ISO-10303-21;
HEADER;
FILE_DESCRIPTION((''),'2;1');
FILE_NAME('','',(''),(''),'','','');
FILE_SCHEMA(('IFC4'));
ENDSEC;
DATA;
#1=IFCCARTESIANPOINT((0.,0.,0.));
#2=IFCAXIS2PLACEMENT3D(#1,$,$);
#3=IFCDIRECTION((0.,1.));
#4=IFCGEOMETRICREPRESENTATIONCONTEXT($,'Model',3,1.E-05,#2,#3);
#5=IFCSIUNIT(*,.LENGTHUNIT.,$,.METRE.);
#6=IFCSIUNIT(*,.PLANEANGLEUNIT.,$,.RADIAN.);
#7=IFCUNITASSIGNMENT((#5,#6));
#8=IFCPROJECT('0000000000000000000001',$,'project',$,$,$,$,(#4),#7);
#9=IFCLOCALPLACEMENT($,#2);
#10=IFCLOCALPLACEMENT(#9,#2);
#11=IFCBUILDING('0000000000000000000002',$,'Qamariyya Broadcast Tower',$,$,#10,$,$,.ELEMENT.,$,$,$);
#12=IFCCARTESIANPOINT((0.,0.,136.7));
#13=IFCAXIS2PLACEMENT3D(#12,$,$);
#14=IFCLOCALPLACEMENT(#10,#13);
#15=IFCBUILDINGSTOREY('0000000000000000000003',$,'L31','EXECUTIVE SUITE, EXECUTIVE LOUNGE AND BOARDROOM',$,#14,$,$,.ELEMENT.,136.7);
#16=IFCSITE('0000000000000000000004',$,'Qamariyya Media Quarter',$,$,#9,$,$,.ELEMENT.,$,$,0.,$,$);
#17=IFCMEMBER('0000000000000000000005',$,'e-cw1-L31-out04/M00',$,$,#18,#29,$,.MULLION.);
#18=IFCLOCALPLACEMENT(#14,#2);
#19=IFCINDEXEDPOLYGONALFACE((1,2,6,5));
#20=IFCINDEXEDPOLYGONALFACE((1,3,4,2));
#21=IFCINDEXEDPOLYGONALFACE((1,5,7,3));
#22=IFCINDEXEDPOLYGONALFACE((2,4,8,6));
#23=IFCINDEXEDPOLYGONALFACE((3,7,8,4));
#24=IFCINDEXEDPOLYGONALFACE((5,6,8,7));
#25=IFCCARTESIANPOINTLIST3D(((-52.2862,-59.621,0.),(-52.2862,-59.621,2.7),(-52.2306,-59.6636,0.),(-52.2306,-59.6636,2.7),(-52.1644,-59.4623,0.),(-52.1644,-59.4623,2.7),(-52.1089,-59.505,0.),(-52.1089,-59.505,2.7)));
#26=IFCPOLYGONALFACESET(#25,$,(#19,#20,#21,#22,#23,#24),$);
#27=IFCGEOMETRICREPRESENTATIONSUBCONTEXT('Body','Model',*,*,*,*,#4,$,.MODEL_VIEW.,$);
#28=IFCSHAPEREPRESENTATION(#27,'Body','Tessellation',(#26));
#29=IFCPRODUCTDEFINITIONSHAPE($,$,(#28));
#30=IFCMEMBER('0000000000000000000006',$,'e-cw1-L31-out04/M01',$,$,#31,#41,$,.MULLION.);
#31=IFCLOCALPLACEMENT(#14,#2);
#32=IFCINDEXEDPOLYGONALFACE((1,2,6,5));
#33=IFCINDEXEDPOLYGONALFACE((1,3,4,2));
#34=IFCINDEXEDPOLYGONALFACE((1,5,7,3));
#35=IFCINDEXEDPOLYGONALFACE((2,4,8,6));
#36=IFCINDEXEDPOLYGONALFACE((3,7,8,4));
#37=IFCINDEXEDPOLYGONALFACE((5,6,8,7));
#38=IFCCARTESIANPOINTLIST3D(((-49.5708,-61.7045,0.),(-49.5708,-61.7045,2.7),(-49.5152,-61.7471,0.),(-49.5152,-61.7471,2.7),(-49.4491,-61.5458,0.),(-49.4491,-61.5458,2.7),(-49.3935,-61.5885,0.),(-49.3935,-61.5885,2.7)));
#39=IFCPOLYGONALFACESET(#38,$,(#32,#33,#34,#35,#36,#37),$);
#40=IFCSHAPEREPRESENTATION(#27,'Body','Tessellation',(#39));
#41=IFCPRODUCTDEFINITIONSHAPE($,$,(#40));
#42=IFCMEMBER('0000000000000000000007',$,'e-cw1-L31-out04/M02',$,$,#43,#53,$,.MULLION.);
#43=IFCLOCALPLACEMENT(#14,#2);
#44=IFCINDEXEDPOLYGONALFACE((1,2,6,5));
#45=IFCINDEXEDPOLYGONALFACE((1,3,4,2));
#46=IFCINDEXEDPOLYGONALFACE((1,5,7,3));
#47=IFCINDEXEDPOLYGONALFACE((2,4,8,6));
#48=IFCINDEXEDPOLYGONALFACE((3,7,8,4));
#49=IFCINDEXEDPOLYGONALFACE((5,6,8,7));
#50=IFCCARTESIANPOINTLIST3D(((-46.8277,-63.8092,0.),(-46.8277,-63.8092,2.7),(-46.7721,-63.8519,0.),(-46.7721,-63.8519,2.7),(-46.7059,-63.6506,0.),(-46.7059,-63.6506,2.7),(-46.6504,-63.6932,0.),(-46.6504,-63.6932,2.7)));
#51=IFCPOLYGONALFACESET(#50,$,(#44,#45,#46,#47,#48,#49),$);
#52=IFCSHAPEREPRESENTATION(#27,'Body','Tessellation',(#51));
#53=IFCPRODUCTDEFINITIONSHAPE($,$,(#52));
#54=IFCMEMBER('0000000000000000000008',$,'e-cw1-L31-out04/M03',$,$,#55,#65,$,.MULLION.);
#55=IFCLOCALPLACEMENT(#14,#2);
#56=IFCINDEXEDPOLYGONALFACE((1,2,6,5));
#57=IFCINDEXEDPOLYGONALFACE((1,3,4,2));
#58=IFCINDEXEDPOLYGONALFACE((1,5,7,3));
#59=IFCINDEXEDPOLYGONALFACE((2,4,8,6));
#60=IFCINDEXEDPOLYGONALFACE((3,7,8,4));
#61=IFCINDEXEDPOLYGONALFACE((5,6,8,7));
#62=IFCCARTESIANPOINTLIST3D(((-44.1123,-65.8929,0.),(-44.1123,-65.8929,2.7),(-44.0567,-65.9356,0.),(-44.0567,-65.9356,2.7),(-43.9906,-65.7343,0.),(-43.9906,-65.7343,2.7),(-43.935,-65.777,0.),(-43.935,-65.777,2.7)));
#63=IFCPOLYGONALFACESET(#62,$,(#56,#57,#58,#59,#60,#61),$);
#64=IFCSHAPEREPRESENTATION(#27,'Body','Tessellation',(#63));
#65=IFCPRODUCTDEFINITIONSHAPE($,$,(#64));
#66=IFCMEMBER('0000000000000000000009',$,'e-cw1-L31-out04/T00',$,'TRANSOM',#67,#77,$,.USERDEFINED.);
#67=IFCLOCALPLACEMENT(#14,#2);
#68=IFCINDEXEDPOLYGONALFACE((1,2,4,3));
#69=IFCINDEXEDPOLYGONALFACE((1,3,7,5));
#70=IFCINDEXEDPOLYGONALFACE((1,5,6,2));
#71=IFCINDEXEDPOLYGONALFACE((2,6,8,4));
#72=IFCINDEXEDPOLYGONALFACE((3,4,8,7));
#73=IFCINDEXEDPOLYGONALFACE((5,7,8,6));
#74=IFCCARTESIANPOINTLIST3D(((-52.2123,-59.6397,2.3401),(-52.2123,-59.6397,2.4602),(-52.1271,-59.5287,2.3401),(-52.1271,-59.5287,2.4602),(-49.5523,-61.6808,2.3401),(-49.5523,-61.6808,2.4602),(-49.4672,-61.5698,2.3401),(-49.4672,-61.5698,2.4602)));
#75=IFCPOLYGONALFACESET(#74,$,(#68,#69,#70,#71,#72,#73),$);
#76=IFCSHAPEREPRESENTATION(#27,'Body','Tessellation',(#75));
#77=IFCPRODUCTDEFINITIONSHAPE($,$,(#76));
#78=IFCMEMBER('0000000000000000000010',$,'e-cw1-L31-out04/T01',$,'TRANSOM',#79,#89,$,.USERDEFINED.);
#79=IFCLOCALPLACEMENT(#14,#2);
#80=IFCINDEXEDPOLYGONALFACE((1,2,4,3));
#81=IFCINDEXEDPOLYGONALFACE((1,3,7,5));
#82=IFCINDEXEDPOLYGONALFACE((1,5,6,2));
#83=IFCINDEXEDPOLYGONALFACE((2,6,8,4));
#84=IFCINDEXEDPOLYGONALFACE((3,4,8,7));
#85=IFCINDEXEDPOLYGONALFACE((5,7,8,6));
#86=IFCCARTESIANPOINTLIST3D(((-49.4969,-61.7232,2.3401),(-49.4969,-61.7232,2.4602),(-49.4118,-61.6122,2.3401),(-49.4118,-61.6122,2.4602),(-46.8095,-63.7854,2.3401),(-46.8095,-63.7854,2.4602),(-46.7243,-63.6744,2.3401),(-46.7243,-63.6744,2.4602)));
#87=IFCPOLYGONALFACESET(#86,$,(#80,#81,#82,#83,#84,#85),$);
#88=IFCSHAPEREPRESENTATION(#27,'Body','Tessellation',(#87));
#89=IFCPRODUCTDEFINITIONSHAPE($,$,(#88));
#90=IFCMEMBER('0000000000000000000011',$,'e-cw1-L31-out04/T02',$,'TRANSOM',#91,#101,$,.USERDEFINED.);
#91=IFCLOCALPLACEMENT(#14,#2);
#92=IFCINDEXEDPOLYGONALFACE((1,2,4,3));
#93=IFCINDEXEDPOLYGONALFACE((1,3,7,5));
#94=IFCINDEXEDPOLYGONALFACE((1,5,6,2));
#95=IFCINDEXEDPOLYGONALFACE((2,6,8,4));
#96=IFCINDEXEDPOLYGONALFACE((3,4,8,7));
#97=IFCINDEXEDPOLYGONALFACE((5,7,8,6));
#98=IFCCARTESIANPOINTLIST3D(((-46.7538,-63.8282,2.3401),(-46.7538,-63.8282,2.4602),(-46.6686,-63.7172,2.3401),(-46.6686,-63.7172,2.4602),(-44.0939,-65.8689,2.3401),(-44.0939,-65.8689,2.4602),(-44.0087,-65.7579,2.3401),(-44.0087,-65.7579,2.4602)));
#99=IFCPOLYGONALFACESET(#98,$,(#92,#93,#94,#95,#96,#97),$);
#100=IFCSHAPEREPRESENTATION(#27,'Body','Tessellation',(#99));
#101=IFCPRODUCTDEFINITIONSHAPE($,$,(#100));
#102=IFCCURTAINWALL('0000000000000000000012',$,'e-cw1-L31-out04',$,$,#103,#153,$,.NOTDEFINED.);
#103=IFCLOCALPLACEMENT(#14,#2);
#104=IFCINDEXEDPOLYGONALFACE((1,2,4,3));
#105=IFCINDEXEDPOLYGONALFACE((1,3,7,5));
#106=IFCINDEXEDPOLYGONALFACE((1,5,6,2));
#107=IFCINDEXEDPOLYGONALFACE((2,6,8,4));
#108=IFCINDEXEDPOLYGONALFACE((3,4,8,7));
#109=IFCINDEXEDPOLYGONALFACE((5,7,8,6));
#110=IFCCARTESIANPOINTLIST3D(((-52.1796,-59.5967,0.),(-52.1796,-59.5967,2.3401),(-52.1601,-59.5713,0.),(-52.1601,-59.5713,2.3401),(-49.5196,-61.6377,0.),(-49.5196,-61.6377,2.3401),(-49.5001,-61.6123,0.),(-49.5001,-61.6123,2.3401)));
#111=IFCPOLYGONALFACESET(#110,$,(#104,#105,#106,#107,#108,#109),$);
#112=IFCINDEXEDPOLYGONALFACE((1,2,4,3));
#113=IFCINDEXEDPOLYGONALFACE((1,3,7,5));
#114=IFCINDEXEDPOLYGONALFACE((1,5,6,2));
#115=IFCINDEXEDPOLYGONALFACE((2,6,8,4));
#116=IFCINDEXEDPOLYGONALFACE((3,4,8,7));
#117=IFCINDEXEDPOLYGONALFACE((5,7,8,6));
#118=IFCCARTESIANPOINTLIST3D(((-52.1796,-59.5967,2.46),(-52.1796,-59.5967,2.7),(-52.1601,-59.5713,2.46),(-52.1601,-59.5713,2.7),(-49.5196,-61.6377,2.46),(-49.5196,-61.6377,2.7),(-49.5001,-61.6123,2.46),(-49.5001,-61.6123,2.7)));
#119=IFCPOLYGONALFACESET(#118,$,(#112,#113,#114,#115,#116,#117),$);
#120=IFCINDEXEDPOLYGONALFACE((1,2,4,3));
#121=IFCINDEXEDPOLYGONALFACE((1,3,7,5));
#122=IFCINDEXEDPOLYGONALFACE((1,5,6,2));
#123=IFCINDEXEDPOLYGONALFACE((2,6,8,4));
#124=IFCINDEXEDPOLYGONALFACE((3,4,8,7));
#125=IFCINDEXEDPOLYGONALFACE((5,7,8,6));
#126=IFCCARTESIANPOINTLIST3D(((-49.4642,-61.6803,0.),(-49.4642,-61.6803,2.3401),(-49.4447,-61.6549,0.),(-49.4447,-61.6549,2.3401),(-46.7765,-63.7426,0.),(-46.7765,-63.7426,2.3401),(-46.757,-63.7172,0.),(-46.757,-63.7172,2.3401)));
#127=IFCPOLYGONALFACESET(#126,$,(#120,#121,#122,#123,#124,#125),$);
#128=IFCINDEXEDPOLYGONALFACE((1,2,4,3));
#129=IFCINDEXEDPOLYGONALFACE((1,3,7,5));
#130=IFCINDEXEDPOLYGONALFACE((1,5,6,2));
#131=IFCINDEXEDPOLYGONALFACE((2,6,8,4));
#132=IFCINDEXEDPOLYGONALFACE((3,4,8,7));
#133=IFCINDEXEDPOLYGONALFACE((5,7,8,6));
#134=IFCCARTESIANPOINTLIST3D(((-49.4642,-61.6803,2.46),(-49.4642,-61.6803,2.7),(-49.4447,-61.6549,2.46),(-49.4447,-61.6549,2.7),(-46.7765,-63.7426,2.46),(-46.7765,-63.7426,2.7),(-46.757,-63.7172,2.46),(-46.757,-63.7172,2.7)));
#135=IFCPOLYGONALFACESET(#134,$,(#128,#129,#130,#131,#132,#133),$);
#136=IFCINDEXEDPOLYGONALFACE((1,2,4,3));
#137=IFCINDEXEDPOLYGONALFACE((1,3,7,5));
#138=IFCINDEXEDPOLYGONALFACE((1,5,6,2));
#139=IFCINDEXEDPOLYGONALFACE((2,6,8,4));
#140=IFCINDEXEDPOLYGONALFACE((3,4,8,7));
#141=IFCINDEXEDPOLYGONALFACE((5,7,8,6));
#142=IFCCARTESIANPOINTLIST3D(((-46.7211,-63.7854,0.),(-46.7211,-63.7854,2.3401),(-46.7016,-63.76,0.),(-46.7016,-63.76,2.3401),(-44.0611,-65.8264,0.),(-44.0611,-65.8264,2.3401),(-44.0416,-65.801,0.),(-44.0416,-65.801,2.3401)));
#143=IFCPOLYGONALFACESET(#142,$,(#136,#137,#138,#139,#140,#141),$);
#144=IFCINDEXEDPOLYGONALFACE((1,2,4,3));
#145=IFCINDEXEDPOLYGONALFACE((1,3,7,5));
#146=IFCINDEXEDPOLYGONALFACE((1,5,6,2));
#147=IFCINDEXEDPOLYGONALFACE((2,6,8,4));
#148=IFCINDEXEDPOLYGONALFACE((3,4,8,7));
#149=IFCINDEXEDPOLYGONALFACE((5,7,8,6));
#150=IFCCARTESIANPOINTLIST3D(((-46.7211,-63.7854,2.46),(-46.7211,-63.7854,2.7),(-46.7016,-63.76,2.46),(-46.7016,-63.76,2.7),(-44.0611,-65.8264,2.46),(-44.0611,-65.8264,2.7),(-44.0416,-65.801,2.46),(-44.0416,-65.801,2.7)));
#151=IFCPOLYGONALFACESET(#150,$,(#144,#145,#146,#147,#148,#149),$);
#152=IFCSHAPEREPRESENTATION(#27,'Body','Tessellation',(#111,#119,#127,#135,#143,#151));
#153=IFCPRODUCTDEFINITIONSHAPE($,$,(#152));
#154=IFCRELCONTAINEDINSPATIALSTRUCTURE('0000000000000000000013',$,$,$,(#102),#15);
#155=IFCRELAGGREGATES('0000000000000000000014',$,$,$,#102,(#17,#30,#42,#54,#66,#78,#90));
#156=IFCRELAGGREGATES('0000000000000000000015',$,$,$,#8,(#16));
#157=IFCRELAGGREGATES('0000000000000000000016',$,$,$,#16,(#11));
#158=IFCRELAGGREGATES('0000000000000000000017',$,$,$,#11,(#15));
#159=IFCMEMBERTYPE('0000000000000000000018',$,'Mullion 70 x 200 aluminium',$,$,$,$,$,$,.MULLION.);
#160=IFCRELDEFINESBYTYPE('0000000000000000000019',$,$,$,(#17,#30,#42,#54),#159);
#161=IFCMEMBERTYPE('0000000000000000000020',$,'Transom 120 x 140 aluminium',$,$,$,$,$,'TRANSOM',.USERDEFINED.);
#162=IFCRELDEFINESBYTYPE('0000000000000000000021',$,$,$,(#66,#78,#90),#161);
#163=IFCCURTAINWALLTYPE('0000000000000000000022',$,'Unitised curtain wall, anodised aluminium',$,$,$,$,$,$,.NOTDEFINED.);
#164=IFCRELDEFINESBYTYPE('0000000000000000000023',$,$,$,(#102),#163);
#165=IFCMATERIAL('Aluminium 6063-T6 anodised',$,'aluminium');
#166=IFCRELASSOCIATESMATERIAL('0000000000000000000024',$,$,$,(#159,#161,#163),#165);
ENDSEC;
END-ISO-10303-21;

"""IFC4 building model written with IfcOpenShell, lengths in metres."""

from ifc_helpers import new_model, si_unit, direction, frame, origin, origin_2d, place, context, subcontext, project, spatial, rectangle, extrude, material, material_profile, profile_set, type_object, element, aggregate, save


model = new_model("IFC4")

# Units and contexts
model_context = context("Model", 3, precision=1e-05, world=origin(), true_north=direction((0.0, 1.0)))
body_context = subcontext(model_context, "Body", "Model", "MODEL_VIEW")
ifc_project = project(units=[si_unit("LENGTHUNIT", "METRE"), si_unit("PLANEANGLEUNIT", "RADIAN")], contexts=[model_context])

# Members
ifc_material = material(Name="Aluminium 6063-T6 anodised", Category="aluminium")
ifc_material_profile_1 = material_profile(ifc_material, rectangle(XDim=0.2, YDim=0.0701, at=origin_2d()))
ifc_profile_set_1 = profile_set([ifc_material_profile_1], Name="Aluminium 6063-T6 anodised")
member_type_1 = type_object("IfcMemberType", Name="Mullion 70 x 200 aluminium", PredefinedType="MULLION", material=ifc_profile_set_1)
site_placement = place(None, origin())
building_placement = place(site_placement, origin())
storey_placement = place(building_placement, frame((0.0, 0.0, 136.7)))
member_1_placement = place(storey_placement, frame((-52.1975, -59.563, 0.0), z_axis=(0.0, 0.0, 1.0), x_axis=(0.608761, 0.793353, 0.0)))
member_1 = element("IfcMember", 1, at=member_1_placement, type_object=member_type_1, Name="e-cw1-L31-out04/M00", PredefinedType="MULLION", context=body_context, shape_type="SweptSolid", body=[
    extrude(rectangle(XDim=0.2, YDim=0.0701, at=origin_2d()), origin(), (0.0, 0.0, 1.0), 2.7),
])
member_2_placement = place(storey_placement, frame((-49.4822, -61.6465, 0.0), z_axis=(0.0, 0.0, 1.0), x_axis=(0.608761, 0.793353, 0.0)))
member_2 = element("IfcMember", 2, at=member_2_placement, type_object=member_type_1, Name="e-cw1-L31-out04/M01", PredefinedType="MULLION", context=body_context, shape_type="SweptSolid", body=[
    extrude(rectangle(XDim=0.2, YDim=0.0701, at=origin_2d()), origin(), (0.0, 0.0, 1.0), 2.7),
])
member_3_placement = place(storey_placement, frame((-46.739, -63.7512, 0.0), z_axis=(0.0, 0.0, 1.0), x_axis=(0.608761, 0.793353, 0.0)))
member_3 = element("IfcMember", 3, at=member_3_placement, type_object=member_type_1, Name="e-cw1-L31-out04/M02", PredefinedType="MULLION", context=body_context, shape_type="SweptSolid", body=[
    extrude(rectangle(XDim=0.2, YDim=0.0701, at=origin_2d()), origin(), (0.0, 0.0, 1.0), 2.7),
])
member_4_placement = place(storey_placement, frame((-44.0237, -65.835, 0.0), z_axis=(0.0, 0.0, 1.0), x_axis=(0.608761, 0.793353, 0.0)))
member_4 = element("IfcMember", 4, at=member_4_placement, type_object=member_type_1, Name="e-cw1-L31-out04/M03", PredefinedType="MULLION", context=body_context, shape_type="SweptSolid", body=[
    extrude(rectangle(XDim=0.2, YDim=0.0701, at=origin_2d()), origin(), (0.0, 0.0, 1.0), 2.7),
])
ifc_material_profile_2 = material_profile(ifc_material, rectangle(XDim=0.1399, YDim=0.1201, at=origin_2d()))
ifc_profile_set_2 = profile_set([ifc_material_profile_2], Name="Aluminium 6063-T6 anodised")
member_type_2 = type_object("IfcMemberType", Name="Transom 120 x 140 aluminium", ElementType="TRANSOM", PredefinedType="USERDEFINED", material=ifc_profile_set_2)
member_5_placement = place(storey_placement, frame((-52.1697, -59.5842, 2.4001), z_axis=(0.793354, -0.60876, 0.0), x_axis=(0.60876, 0.793354, 0.0)))
member_5 = element("IfcMember", 5, at=member_5_placement, type_object=member_type_2, Name="e-cw1-L31-out04/T00", ObjectType="TRANSOM", PredefinedType="USERDEFINED", context=body_context, shape_type="SweptSolid", body=[
    extrude(rectangle(XDim=0.1399, YDim=0.1201, at=origin_2d()), origin(), (0.0, 0.0, 1.0), 3.3528),
])
member_6_placement = place(storey_placement, frame((-49.4543, -61.6677, 2.4001), z_axis=(0.793344, -0.608773, 0.0), x_axis=(0.608773, 0.793344, 0.0)))
member_6 = element("IfcMember", 6, at=member_6_placement, type_object=member_type_2, Name="e-cw1-L31-out04/T01", ObjectType="TRANSOM", PredefinedType="USERDEFINED", context=body_context, shape_type="SweptSolid", body=[
    extrude(rectangle(XDim=0.1399, YDim=0.1201, at=origin_2d()), origin(), (0.0, 0.0, 1.0), 3.3875),
])
member_7_placement = place(storey_placement, frame((-46.7112, -63.7727, 2.4001), z_axis=(0.793389, -0.608714, 0.0), x_axis=(0.608714, 0.793389, 0.0)))
member_7 = element("IfcMember", 7, at=member_7_placement, type_object=member_type_2, Name="e-cw1-L31-out04/T02", ObjectType="TRANSOM", PredefinedType="USERDEFINED", context=body_context, shape_type="SweptSolid", body=[
    extrude(rectangle(XDim=0.1399, YDim=0.1201, at=origin_2d()), origin(), (0.0, 0.0, 1.0), 3.3525),
])

# Site, building, storey
site = spatial("IfcSite", under=ifc_project, at=site_placement, Name="Qamariyya Media Quarter", CompositionType="ELEMENT", RefElevation=0.0)
building = spatial("IfcBuilding", under=site, at=building_placement, Name="Qamariyya Broadcast Tower", CompositionType="ELEMENT")
storey = spatial("IfcBuildingStorey", under=building, at=storey_placement, Name="L31", Description="EXECUTIVE SUITE, EXECUTIVE LOUNGE AND BOARDROOM", CompositionType="ELEMENT", Elevation=136.7)

# Curtain wall
curtain_wall_type = type_object("IfcCurtainWallType", Name="Unitised curtain wall, anodised aluminium", PredefinedType="NOTDEFINED", material=ifc_material)
curtain_wall_1_placement = place(storey_placement, origin())
curtain_wall_1 = element("IfcCurtainWall", 8, at=curtain_wall_1_placement, inside=storey, type_object=curtain_wall_type, Name="e-cw1-L31-out04", PredefinedType="NOTDEFINED", context=body_context, shape_type="SweptSolid", body=[
    extrude(rectangle(XDim=3.3528, YDim=0.032, at=origin_2d()), frame((-50.8398, -60.6045, 0.0), x_axis=(0.793354, -0.608761, 0.0)), (0.0, 0.0, 1.0), 2.3401),
    extrude(rectangle(XDim=3.3528, YDim=0.032, at=origin_2d()), frame((-50.8398, -60.6045, 2.46), x_axis=(0.793354, -0.608761, 0.0)), (0.0, 0.0, 1.0), 0.24),
    extrude(rectangle(XDim=3.3877, YDim=0.032, at=origin_2d()), frame((-48.1106, -62.6987, 0.0), x_axis=(0.793354, -0.608761, 0.0)), (0.0, 0.0, 1.0), 2.3401),
    extrude(rectangle(XDim=3.3877, YDim=0.032, at=origin_2d()), frame((-48.1106, -62.6987, 2.46), x_axis=(0.793354, -0.608761, 0.0)), (0.0, 0.0, 1.0), 0.24),
    extrude(rectangle(XDim=3.3528, YDim=0.032, at=origin_2d()), frame((-45.3813, -64.7932, 0.0), x_axis=(0.793354, -0.608761, 0.0)), (0.0, 0.0, 1.0), 2.3401),
    extrude(rectangle(XDim=3.3528, YDim=0.032, at=origin_2d()), frame((-45.3813, -64.7932, 2.46), x_axis=(0.793354, -0.608761, 0.0)), (0.0, 0.0, 1.0), 0.24),
])
aggregate(curtain_wall_1, [member_1, member_2, member_3, member_4, member_5, member_6, member_7])

save(model, "model.ifc")
